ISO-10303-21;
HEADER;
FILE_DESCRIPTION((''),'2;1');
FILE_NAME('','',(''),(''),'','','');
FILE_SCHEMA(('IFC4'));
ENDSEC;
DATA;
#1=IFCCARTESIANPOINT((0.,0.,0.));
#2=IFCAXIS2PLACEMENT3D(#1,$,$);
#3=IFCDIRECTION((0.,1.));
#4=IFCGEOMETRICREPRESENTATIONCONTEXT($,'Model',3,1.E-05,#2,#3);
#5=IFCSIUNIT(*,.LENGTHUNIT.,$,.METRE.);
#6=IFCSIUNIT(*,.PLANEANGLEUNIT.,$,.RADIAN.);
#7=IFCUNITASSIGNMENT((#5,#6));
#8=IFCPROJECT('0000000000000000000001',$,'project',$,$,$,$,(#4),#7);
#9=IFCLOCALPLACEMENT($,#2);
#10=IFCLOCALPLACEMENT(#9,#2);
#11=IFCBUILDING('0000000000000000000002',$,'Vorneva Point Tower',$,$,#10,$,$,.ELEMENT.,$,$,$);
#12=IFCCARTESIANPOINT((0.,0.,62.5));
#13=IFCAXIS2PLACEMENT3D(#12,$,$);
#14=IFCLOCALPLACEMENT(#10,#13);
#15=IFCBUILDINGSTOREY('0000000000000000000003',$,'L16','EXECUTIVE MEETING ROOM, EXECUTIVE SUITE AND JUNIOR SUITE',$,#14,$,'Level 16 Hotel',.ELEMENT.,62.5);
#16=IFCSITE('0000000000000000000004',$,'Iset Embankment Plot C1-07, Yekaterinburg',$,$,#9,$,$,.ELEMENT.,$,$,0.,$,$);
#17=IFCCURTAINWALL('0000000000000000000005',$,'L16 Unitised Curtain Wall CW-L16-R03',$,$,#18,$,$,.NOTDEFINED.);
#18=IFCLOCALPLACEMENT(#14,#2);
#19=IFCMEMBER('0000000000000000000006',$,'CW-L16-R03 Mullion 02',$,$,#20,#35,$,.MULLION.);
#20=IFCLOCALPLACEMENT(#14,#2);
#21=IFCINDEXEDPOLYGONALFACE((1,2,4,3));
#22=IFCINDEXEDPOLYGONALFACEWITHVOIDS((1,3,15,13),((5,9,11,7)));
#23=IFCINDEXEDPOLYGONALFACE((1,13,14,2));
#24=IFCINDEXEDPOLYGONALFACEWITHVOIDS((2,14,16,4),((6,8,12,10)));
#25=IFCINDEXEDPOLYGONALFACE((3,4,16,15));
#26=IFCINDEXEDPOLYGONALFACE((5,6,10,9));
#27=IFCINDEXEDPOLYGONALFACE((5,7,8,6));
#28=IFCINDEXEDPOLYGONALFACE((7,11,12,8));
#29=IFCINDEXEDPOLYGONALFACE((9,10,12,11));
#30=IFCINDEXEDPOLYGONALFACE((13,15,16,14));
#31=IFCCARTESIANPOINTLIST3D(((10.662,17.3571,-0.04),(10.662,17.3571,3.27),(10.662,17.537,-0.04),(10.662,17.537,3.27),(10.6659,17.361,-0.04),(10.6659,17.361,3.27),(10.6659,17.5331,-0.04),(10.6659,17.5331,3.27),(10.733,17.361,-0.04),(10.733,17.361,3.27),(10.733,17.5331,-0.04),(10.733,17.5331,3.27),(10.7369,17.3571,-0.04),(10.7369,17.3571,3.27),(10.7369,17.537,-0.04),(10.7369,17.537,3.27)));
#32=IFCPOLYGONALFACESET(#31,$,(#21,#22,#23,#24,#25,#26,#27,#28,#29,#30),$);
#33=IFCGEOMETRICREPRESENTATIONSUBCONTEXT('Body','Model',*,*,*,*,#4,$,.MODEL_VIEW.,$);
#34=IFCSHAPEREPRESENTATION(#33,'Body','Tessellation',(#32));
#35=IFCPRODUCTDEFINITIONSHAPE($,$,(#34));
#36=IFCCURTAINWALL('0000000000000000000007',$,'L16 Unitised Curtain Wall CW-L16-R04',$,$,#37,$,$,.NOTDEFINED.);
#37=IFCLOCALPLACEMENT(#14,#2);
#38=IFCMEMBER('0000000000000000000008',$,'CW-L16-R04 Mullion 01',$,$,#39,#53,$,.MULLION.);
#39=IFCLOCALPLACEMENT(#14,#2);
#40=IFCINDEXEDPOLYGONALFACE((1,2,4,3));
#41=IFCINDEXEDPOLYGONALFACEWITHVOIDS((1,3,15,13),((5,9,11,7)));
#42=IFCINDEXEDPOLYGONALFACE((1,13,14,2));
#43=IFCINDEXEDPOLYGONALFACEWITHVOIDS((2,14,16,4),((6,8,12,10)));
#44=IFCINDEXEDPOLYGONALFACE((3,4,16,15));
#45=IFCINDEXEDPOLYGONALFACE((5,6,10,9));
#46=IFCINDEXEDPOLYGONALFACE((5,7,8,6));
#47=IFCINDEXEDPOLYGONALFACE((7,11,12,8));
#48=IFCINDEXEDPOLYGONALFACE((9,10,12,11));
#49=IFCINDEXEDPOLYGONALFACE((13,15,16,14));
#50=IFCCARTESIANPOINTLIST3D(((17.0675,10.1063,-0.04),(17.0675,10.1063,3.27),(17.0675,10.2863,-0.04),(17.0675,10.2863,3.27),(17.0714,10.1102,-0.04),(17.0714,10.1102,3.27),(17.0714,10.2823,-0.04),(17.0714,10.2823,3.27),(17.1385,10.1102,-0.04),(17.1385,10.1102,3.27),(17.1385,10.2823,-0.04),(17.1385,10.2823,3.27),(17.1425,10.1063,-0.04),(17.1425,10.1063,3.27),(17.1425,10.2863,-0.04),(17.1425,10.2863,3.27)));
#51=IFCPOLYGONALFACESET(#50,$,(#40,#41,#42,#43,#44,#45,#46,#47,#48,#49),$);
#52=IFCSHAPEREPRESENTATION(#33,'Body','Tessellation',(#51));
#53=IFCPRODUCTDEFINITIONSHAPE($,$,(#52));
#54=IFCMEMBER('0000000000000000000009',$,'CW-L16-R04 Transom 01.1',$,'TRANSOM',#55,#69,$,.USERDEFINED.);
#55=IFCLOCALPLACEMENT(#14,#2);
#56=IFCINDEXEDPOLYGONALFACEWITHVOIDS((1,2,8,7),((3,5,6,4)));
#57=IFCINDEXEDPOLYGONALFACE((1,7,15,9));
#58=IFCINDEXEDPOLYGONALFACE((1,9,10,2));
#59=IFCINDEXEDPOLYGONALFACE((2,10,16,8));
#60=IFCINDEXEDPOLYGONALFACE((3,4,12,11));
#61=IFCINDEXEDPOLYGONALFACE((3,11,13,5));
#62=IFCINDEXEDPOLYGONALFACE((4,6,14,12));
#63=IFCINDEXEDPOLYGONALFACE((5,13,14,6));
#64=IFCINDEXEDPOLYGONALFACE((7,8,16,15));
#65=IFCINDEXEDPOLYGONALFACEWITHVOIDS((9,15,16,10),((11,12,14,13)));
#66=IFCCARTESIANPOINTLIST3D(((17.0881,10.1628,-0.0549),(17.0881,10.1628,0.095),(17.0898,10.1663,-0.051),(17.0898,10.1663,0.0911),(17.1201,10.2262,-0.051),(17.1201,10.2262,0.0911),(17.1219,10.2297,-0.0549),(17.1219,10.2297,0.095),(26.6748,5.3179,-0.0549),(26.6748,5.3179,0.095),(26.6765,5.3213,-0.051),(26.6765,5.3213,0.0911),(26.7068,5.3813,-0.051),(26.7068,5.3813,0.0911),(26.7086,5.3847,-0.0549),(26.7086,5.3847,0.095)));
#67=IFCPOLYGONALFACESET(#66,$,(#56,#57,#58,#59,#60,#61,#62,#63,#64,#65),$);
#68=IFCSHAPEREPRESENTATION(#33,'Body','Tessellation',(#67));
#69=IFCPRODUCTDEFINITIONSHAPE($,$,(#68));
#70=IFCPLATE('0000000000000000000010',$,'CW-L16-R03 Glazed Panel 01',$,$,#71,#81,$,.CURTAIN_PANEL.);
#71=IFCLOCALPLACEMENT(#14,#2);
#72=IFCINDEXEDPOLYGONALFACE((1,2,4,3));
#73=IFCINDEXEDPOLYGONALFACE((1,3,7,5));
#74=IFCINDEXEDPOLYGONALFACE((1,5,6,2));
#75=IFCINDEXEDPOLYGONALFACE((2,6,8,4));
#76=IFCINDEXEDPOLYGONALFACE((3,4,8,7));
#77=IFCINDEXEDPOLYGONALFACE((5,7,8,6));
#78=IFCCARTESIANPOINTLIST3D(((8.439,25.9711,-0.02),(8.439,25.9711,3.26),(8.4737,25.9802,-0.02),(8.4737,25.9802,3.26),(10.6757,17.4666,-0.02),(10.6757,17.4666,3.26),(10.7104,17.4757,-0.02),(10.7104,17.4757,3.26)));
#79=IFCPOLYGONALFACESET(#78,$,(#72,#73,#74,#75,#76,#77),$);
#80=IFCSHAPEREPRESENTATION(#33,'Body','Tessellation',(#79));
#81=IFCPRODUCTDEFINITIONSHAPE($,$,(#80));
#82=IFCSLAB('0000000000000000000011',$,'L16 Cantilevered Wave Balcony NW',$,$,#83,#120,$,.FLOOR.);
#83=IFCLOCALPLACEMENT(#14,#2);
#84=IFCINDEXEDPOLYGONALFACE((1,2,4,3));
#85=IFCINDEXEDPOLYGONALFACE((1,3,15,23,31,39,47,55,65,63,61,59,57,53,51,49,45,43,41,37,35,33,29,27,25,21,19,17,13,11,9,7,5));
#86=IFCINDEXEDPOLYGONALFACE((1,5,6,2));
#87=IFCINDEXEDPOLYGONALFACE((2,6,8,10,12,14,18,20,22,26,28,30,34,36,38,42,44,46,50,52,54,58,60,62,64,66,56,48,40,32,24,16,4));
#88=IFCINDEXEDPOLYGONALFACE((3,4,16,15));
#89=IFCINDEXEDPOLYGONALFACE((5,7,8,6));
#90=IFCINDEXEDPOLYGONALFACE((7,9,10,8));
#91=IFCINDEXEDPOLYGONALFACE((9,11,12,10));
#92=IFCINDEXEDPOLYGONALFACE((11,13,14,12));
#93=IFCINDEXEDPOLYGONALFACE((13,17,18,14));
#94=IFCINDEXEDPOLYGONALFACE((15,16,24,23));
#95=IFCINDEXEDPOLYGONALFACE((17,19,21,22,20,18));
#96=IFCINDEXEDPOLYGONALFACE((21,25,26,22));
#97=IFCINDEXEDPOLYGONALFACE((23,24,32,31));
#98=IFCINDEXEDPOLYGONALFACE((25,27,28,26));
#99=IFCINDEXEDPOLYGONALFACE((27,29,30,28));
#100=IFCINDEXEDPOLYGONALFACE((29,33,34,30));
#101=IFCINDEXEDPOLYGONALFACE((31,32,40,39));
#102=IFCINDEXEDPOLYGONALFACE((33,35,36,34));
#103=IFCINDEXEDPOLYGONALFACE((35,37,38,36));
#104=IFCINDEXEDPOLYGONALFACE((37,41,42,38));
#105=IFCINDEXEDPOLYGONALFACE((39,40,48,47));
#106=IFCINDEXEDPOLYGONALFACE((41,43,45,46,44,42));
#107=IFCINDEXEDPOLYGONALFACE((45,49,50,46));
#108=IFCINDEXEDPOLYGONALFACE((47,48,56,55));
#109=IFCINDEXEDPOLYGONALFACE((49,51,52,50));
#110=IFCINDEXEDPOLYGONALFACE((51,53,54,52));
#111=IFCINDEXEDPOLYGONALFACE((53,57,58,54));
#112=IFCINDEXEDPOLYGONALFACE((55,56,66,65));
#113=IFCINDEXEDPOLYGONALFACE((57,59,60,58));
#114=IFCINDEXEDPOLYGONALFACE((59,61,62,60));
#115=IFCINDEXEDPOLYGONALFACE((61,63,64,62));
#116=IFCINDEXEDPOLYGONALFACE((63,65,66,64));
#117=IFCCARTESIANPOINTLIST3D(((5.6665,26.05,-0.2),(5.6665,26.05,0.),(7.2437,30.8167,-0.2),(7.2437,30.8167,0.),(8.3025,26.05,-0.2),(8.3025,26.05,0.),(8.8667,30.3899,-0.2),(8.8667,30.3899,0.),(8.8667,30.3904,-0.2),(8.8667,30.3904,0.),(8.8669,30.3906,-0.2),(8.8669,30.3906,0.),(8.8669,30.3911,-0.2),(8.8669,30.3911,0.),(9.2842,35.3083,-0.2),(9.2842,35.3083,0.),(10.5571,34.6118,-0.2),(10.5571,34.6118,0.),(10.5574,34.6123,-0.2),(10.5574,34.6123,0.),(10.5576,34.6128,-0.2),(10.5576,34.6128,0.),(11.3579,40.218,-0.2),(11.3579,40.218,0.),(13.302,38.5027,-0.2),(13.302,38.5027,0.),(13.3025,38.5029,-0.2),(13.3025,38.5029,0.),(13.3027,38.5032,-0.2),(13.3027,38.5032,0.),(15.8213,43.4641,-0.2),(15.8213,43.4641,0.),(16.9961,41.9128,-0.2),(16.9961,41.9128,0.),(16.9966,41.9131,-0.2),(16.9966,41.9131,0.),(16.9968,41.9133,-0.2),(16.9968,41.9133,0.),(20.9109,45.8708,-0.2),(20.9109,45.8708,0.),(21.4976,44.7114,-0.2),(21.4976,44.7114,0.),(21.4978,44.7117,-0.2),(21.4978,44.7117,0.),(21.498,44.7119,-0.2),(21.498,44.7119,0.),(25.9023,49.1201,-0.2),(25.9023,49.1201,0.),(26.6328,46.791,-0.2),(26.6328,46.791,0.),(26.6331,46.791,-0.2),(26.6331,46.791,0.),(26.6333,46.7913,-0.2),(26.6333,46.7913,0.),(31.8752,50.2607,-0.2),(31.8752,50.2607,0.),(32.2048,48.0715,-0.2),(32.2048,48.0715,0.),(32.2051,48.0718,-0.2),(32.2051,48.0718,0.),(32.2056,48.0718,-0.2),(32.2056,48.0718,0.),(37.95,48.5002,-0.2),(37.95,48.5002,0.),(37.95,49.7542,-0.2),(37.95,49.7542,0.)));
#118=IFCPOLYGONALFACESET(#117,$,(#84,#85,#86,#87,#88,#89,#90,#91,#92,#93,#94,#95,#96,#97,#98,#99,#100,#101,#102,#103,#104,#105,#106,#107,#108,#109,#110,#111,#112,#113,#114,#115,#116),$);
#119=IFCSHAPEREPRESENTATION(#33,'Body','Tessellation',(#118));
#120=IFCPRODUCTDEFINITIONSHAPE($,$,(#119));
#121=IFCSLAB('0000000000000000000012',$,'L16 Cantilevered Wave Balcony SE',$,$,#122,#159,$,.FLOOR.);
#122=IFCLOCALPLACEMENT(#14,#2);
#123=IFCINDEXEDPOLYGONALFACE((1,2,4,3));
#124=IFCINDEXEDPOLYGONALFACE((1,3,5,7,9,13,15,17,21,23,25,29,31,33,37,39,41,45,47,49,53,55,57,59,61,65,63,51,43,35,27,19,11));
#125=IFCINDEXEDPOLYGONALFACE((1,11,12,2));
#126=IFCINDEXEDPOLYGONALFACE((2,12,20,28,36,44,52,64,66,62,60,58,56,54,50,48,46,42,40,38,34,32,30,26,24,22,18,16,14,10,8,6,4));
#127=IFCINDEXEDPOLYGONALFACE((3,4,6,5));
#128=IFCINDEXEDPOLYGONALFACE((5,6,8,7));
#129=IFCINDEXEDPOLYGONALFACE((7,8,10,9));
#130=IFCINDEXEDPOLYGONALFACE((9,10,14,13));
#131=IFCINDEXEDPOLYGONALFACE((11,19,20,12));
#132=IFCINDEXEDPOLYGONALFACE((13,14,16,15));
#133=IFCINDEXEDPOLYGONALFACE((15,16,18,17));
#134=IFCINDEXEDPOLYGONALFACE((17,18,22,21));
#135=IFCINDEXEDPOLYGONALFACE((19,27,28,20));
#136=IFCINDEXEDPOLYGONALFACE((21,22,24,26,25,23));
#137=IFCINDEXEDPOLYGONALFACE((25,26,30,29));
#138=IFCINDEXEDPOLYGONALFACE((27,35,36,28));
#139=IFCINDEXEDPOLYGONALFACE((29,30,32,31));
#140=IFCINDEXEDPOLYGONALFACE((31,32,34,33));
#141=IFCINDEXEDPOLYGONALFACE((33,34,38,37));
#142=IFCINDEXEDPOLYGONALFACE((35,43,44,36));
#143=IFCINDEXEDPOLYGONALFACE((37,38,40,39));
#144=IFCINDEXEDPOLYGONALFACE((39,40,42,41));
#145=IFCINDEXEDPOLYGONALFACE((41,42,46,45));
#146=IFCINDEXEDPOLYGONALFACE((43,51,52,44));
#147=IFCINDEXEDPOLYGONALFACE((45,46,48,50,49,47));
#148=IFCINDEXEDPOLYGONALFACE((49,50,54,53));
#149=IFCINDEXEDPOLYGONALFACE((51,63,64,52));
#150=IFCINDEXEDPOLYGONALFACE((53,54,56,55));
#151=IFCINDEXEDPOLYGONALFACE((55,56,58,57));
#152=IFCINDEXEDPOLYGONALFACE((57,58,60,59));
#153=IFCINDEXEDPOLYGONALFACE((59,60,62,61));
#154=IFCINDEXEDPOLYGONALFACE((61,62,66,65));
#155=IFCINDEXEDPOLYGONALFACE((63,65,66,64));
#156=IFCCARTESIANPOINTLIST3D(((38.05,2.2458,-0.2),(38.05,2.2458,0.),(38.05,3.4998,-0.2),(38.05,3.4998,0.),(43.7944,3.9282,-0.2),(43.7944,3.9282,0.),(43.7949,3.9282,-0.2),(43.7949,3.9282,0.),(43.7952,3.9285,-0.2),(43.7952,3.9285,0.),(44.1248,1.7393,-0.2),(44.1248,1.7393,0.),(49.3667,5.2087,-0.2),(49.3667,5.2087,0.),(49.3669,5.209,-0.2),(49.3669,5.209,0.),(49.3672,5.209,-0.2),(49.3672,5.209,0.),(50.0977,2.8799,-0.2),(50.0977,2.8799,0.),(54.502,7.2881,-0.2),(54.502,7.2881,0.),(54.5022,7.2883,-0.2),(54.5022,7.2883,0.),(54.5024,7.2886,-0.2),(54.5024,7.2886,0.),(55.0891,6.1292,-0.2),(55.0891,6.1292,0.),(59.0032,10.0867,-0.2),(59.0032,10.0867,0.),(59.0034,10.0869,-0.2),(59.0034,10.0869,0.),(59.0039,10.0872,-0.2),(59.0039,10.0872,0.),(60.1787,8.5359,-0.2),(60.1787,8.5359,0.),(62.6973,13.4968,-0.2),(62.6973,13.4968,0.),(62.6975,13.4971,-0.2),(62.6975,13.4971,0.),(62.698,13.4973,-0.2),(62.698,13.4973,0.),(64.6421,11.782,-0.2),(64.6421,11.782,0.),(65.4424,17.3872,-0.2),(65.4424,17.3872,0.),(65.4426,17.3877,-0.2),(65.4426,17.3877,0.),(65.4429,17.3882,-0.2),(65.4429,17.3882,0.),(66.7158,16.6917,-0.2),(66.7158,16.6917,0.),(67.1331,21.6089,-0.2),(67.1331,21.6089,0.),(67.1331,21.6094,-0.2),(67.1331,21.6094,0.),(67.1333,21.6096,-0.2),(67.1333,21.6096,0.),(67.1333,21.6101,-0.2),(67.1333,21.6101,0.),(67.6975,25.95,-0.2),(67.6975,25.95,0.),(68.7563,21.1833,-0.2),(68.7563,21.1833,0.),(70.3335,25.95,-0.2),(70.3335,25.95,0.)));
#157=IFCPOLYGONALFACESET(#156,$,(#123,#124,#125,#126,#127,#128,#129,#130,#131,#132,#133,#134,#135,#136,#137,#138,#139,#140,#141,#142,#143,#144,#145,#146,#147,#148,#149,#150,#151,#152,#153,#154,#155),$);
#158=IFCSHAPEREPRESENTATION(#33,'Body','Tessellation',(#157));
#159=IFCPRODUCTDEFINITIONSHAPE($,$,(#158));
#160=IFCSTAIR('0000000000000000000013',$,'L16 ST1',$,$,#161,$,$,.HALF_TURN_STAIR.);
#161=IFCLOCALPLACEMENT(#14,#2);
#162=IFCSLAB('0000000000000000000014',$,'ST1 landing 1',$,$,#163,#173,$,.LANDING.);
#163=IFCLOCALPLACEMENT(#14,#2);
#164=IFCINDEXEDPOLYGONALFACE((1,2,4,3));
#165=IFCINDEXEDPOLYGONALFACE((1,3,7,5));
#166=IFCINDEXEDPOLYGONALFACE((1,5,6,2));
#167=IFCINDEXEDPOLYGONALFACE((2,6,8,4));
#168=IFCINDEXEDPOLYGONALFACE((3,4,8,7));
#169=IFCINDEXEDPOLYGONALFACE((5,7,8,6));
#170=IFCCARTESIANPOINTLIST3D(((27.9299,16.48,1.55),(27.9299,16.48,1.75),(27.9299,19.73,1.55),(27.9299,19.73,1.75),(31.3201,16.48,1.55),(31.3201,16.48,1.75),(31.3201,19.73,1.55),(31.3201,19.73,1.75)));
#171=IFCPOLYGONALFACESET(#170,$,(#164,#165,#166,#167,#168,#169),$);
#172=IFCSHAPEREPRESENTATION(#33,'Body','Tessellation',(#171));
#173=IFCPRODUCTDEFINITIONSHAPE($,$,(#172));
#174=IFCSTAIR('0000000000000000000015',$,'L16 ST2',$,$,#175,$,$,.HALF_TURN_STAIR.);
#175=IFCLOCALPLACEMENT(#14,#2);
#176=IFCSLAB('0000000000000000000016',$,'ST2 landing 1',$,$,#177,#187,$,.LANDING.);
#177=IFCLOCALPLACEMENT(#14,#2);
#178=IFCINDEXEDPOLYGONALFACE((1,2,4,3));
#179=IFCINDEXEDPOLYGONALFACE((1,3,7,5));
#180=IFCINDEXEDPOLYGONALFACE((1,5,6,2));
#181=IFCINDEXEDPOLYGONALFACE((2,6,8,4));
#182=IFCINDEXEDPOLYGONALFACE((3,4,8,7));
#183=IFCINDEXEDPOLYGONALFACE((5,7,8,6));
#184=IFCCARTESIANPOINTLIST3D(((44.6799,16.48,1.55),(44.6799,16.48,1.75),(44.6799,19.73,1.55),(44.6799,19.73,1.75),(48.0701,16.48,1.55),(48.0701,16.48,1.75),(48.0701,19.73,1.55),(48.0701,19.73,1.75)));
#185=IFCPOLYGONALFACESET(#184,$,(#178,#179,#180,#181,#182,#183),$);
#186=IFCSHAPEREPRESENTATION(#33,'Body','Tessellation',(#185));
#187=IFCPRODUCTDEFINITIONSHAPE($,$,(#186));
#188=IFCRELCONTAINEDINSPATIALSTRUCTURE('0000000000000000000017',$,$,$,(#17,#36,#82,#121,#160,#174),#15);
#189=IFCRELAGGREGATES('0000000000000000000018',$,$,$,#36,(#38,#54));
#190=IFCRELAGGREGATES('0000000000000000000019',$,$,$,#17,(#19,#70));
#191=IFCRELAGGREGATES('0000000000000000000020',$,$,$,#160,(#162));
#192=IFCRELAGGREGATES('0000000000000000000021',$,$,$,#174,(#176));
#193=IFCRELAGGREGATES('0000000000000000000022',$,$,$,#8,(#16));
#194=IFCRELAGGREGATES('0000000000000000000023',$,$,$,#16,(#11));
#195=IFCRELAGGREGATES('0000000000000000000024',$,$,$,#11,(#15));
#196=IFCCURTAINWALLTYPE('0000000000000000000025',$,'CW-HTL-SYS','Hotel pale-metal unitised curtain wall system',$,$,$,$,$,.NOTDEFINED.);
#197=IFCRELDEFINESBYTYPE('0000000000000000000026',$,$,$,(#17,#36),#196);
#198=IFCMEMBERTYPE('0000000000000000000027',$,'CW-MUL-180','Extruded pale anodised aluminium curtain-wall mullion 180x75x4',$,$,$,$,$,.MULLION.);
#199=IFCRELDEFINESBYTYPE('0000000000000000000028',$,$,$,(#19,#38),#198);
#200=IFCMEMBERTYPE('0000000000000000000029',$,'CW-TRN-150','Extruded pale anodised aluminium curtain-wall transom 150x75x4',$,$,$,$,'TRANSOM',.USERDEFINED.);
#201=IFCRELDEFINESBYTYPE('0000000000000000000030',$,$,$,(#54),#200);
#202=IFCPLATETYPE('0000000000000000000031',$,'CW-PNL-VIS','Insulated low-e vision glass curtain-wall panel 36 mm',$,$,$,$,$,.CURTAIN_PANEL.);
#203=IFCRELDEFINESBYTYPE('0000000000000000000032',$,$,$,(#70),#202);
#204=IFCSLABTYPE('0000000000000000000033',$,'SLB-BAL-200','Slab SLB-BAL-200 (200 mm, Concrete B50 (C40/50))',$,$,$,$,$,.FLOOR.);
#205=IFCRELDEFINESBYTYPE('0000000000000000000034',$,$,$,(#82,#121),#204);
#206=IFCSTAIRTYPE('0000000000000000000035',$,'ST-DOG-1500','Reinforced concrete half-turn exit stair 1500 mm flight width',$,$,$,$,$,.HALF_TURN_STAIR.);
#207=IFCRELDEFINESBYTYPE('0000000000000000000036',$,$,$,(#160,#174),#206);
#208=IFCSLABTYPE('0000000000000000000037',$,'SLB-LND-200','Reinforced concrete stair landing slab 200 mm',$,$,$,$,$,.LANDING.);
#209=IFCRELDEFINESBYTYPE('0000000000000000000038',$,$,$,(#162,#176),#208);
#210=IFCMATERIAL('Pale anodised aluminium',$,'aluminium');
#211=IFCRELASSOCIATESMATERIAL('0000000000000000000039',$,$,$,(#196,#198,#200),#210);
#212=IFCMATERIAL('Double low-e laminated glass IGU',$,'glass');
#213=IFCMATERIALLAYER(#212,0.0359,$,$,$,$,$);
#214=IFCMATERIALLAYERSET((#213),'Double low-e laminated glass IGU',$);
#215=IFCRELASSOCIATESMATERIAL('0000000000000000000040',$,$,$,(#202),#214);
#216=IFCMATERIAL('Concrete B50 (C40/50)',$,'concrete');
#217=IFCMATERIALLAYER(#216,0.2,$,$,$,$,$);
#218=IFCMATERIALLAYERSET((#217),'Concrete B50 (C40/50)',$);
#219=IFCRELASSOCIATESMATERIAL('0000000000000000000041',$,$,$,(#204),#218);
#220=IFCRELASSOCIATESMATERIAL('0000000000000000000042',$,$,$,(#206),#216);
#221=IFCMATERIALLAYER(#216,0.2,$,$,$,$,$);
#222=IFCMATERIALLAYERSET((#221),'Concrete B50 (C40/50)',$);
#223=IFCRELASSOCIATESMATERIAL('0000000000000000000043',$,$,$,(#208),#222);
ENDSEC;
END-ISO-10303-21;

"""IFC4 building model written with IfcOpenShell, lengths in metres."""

from ifc_helpers import new_model, si_unit, direction, frame, origin, origin_2d, place, context, subcontext, project, spatial, polyline, rectangle, hollow_rectangle, outline, extrude, material, layer, layer_set, material_profile, profile_set, type_object, element, aggregate, save


model = new_model("IFC4")

# Units and contexts
model_context = context("Model", 3, precision=1e-05, world=origin(), true_north=direction((0.0, 1.0)))
body_context = subcontext(model_context, "Body", "Model", "MODEL_VIEW")
ifc_project = project(units=[si_unit("LENGTHUNIT", "METRE"), si_unit("PLANEANGLEUNIT", "RADIAN")], contexts=[model_context])

# Site, building, storey
site_placement = place(None, origin())
site = spatial("IfcSite", under=ifc_project, at=site_placement, Name="Iset Embankment Plot C1-07, Yekaterinburg", CompositionType="ELEMENT", RefElevation=0.0)
building_placement = place(site_placement, origin())
building = spatial("IfcBuilding", under=site, at=building_placement, Name="Vorneva Point Tower", CompositionType="ELEMENT")
storey_placement = place(building_placement, frame((0.0, 0.0, 62.5)))
storey = spatial("IfcBuildingStorey", under=building, at=storey_placement, Name="L16", Description="EXECUTIVE MEETING ROOM, EXECUTIVE SUITE AND JUNIOR SUITE", LongName="Level 16 Hotel", CompositionType="ELEMENT", Elevation=62.5)

# Curtain walls, members
ifc_material_1 = material(Name="Pale anodised aluminium", Category="aluminium")
curtain_wall_type = type_object("IfcCurtainWallType", Name="CW-HTL-SYS", Description="Hotel pale-metal unitised curtain wall system", PredefinedType="NOTDEFINED", material=ifc_material_1)
curtain_wall_1_placement = place(storey_placement, origin())
curtain_wall_1 = element("IfcCurtainWall", 1, at=curtain_wall_1_placement, inside=storey, type_object=curtain_wall_type, Name="L16 Unitised Curtain Wall CW-L16-R03", PredefinedType="NOTDEFINED")
ifc_material_profile_1 = material_profile(ifc_material_1, hollow_rectangle(XDim=0.075, YDim=0.1799, WallThickness=0.0039, at=origin_2d()), Name="AL-MUL 180x75x4")
ifc_profile_set_1 = profile_set([ifc_material_profile_1], Name="Pale anodised aluminium")
member_type_1 = type_object("IfcMemberType", Name="CW-MUL-180", Description="Extruded pale anodised aluminium curtain-wall mullion 180x75x4", PredefinedType="MULLION", material=ifc_profile_set_1)
member_1_placement = place(storey_placement, frame((10.6995, 17.447, -0.04), z_axis=(0.0, 0.0, 1.0), x_axis=(1.0, 0.0, 0.0)))
member_1 = element("IfcMember", 2, at=member_1_placement, type_object=member_type_1, Name="CW-L16-R03 Mullion 02", PredefinedType="MULLION", context=body_context, shape_type="SweptSolid", body=[
    extrude(hollow_rectangle(XDim=0.075, YDim=0.1799, WallThickness=0.0039, at=origin_2d()), origin(), (0.0, 0.0, 1.0), 3.3101),
])
curtain_wall_2_placement = place(storey_placement, origin())
curtain_wall_2 = element("IfcCurtainWall", 3, at=curtain_wall_2_placement, inside=storey, type_object=curtain_wall_type, Name="L16 Unitised Curtain Wall CW-L16-R04", PredefinedType="NOTDEFINED")
member_2_placement = place(storey_placement, frame((17.105, 10.1963, -0.04), z_axis=(0.0, 0.0, 1.0), x_axis=(1.0, 0.0, 0.0)))
member_2 = element("IfcMember", 4, at=member_2_placement, type_object=member_type_1, Name="CW-L16-R04 Mullion 01", PredefinedType="MULLION", context=body_context, shape_type="SweptSolid", body=[
    extrude(hollow_rectangle(XDim=0.075, YDim=0.1799, WallThickness=0.0039, at=origin_2d()), origin(), (0.0, 0.0, 1.0), 3.3101),
])
ifc_material_profile_2 = material_profile(ifc_material_1, hollow_rectangle(XDim=0.075, YDim=0.1499, WallThickness=0.0039, at=origin_2d()), Name="AL-TRN 150x75x4")
ifc_profile_set_2 = profile_set([ifc_material_profile_2], Name="Pale anodised aluminium")
member_type_2 = type_object("IfcMemberType", Name="CW-TRN-150", Description="Extruded pale anodised aluminium curtain-wall transom 150x75x4", ElementType="TRANSOM", PredefinedType="USERDEFINED", material=ifc_profile_set_2)
member_3_placement = place(storey_placement, frame((17.105, 10.1963, 0.02), z_axis=(0.892496, -0.451055, 0.0), x_axis=(0.451055, 0.892496, 0.0)))
member_3 = element("IfcMember", 5, at=member_3_placement, type_object=member_type_2, Name="CW-L16-R04 Transom 01.1", ObjectType="TRANSOM", PredefinedType="USERDEFINED", context=body_context, shape_type="SweptSolid", body=[
    extrude(hollow_rectangle(XDim=0.075, YDim=0.1499, WallThickness=0.0039, at=origin_2d()), origin(), (0.0, 0.0, 1.0), 10.7415),
])
aggregate(curtain_wall_2, [member_2, member_3])

# Plate
ifc_material_2 = material(Name="Double low-e laminated glass IGU", Category="glass")
ifc_layer_1 = layer(ifc_material_2, 0.0359)
ifc_layer_set_1 = layer_set([ifc_layer_1], Name="Double low-e laminated glass IGU")
plate_type = type_object("IfcPlateType", Name="CW-PNL-VIS", Description="Insulated low-e vision glass curtain-wall panel 36 mm", PredefinedType="CURTAIN_PANEL", material=ifc_layer_set_1)
plate_placement = place(storey_placement, frame((9.5747, 21.7234, -0.02), z_axis=(0.0, 0.0, 1.0), x_axis=(0.254349, -0.967113, 0.0)))
plate = element("IfcPlate", 6, at=plate_placement, type_object=plate_type, Name="CW-L16-R03 Glazed Panel 01", PredefinedType="CURTAIN_PANEL", context=body_context, shape_type="SweptSolid", body=[
    extrude(rectangle(XDim=8.7937, YDim=0.0359, at=origin_2d()), origin(), (0.0, 0.0, 1.0), 3.28),
])
aggregate(curtain_wall_1, [member_1, plate])

# Slabs
ifc_material_3 = material(Name="Concrete B50 (C40/50)", Category="concrete")
ifc_layer_2 = layer(ifc_material_3, 0.2)
ifc_layer_set_2 = layer_set([ifc_layer_2], Name="Concrete B50 (C40/50)")
slab_type_1 = type_object("IfcSlabType", Name="SLB-BAL-200", Description="Slab SLB-BAL-200 (200 mm, Concrete B50 (C40/50))", PredefinedType="FLOOR", material=ifc_layer_set_2)
slab_1_placement = place(storey_placement, frame((0.0, 0.0, -0.2)))
element("IfcSlab", 7, at=slab_1_placement, inside=storey, type_object=slab_type_1, Name="L16 Cantilevered Wave Balcony NW", PredefinedType="FLOOR", context=body_context, shape_type="SweptSolid", body=[
    extrude(outline(polyline([(5.6665, 26.05), (8.3025, 26.05), (8.8667, 30.3899), (8.8667, 30.3904), (8.8669, 30.3906), (8.8669, 30.3911), (10.5571, 34.6118), (10.5574, 34.6123), (10.5576, 34.6128), (13.302, 38.5027), (13.3025, 38.5029), (13.3027, 38.5032), (16.9961, 41.9128), (16.9966, 41.9131), (16.9968, 41.9133), (21.4976, 44.7114), (21.4978, 44.7117), (21.498, 44.7119), (26.6328, 46.791), (26.6331, 46.791), (26.6333, 46.7913), (32.2048, 48.0715), (32.2051, 48.0718), (32.2056, 48.0718), (37.95, 48.5002), (37.95, 49.7542), (31.8752, 50.2607), (25.9023, 49.1201), (20.9109, 45.8708), (15.8213, 43.4641), (11.3579, 40.218), (9.2842, 35.3083), (7.2437, 30.8167), (5.6665, 26.05)])), origin(), (0.0, 0.0, 1.0), 0.2),
])
slab_2_placement = place(storey_placement, frame((0.0, 0.0, -0.2)))
element("IfcSlab", 8, at=slab_2_placement, inside=storey, type_object=slab_type_1, Name="L16 Cantilevered Wave Balcony SE", PredefinedType="FLOOR", context=body_context, shape_type="SweptSolid", body=[
    extrude(outline(polyline([(68.7563, 21.1833), (70.3335, 25.95), (67.6975, 25.95), (67.1333, 21.6101), (67.1333, 21.6096), (67.1331, 21.6094), (67.1331, 21.6089), (65.4429, 17.3882), (65.4426, 17.3877), (65.4424, 17.3872), (62.698, 13.4973), (62.6975, 13.4971), (62.6973, 13.4968), (59.0039, 10.0872), (59.0034, 10.0869), (59.0032, 10.0867), (54.5024, 7.2886), (54.5022, 7.2883), (54.502, 7.2881), (49.3672, 5.209), (49.3669, 5.209), (49.3667, 5.2087), (43.7952, 3.9285), (43.7949, 3.9282), (43.7944, 3.9282), (38.05, 3.4998), (38.05, 2.2458), (44.1248, 1.7393), (50.0977, 2.8799), (55.0891, 6.1292), (60.1787, 8.5359), (64.6421, 11.782), (66.7158, 16.6917), (68.7563, 21.1833)])), origin(), (0.0, 0.0, 1.0), 0.2),
])

# Stairs, slabs
stair_type = type_object("IfcStairType", Name="ST-DOG-1500", Description="Reinforced concrete half-turn exit stair 1500 mm flight width", PredefinedType="HALF_TURN_STAIR", material=ifc_material_3)
stair_1_placement = place(storey_placement, origin())
stair_1 = element("IfcStair", 9, at=stair_1_placement, inside=storey, type_object=stair_type, Name="L16 ST1", PredefinedType="HALF_TURN_STAIR")
ifc_layer_3 = layer(ifc_material_3, 0.2)
ifc_layer_set_3 = layer_set([ifc_layer_3], Name="Concrete B50 (C40/50)")
slab_type_2 = type_object("IfcSlabType", Name="SLB-LND-200", Description="Reinforced concrete stair landing slab 200 mm", PredefinedType="LANDING", material=ifc_layer_set_3)
slab_3_placement = place(storey_placement, frame((0.0, 0.0, 1.55)))
slab_3 = element("IfcSlab", 10, at=slab_3_placement, type_object=slab_type_2, Name="ST1 landing 1", PredefinedType="LANDING", context=body_context, shape_type="SweptSolid", body=[
    extrude(outline(polyline([(27.9299, 16.48), (31.3201, 16.48), (31.3201, 19.73), (27.9299, 19.73), (27.9299, 16.48)])), origin(), (0.0, 0.0, 1.0), 0.2),
])
aggregate(stair_1, [slab_3])
stair_2_placement = place(storey_placement, origin())
stair_2 = element("IfcStair", 11, at=stair_2_placement, inside=storey, type_object=stair_type, Name="L16 ST2", PredefinedType="HALF_TURN_STAIR")
slab_4_placement = place(storey_placement, frame((0.0, 0.0, 1.55)))
slab_4 = element("IfcSlab", 12, at=slab_4_placement, type_object=slab_type_2, Name="ST2 landing 1", PredefinedType="LANDING", context=body_context, shape_type="SweptSolid", body=[
    extrude(outline(polyline([(44.6799, 16.48), (48.0701, 16.48), (48.0701, 19.73), (44.6799, 19.73), (44.6799, 16.48)])), origin(), (0.0, 0.0, 1.0), 0.2),
])
aggregate(stair_2, [slab_4])

save(model, "model.ifc")
